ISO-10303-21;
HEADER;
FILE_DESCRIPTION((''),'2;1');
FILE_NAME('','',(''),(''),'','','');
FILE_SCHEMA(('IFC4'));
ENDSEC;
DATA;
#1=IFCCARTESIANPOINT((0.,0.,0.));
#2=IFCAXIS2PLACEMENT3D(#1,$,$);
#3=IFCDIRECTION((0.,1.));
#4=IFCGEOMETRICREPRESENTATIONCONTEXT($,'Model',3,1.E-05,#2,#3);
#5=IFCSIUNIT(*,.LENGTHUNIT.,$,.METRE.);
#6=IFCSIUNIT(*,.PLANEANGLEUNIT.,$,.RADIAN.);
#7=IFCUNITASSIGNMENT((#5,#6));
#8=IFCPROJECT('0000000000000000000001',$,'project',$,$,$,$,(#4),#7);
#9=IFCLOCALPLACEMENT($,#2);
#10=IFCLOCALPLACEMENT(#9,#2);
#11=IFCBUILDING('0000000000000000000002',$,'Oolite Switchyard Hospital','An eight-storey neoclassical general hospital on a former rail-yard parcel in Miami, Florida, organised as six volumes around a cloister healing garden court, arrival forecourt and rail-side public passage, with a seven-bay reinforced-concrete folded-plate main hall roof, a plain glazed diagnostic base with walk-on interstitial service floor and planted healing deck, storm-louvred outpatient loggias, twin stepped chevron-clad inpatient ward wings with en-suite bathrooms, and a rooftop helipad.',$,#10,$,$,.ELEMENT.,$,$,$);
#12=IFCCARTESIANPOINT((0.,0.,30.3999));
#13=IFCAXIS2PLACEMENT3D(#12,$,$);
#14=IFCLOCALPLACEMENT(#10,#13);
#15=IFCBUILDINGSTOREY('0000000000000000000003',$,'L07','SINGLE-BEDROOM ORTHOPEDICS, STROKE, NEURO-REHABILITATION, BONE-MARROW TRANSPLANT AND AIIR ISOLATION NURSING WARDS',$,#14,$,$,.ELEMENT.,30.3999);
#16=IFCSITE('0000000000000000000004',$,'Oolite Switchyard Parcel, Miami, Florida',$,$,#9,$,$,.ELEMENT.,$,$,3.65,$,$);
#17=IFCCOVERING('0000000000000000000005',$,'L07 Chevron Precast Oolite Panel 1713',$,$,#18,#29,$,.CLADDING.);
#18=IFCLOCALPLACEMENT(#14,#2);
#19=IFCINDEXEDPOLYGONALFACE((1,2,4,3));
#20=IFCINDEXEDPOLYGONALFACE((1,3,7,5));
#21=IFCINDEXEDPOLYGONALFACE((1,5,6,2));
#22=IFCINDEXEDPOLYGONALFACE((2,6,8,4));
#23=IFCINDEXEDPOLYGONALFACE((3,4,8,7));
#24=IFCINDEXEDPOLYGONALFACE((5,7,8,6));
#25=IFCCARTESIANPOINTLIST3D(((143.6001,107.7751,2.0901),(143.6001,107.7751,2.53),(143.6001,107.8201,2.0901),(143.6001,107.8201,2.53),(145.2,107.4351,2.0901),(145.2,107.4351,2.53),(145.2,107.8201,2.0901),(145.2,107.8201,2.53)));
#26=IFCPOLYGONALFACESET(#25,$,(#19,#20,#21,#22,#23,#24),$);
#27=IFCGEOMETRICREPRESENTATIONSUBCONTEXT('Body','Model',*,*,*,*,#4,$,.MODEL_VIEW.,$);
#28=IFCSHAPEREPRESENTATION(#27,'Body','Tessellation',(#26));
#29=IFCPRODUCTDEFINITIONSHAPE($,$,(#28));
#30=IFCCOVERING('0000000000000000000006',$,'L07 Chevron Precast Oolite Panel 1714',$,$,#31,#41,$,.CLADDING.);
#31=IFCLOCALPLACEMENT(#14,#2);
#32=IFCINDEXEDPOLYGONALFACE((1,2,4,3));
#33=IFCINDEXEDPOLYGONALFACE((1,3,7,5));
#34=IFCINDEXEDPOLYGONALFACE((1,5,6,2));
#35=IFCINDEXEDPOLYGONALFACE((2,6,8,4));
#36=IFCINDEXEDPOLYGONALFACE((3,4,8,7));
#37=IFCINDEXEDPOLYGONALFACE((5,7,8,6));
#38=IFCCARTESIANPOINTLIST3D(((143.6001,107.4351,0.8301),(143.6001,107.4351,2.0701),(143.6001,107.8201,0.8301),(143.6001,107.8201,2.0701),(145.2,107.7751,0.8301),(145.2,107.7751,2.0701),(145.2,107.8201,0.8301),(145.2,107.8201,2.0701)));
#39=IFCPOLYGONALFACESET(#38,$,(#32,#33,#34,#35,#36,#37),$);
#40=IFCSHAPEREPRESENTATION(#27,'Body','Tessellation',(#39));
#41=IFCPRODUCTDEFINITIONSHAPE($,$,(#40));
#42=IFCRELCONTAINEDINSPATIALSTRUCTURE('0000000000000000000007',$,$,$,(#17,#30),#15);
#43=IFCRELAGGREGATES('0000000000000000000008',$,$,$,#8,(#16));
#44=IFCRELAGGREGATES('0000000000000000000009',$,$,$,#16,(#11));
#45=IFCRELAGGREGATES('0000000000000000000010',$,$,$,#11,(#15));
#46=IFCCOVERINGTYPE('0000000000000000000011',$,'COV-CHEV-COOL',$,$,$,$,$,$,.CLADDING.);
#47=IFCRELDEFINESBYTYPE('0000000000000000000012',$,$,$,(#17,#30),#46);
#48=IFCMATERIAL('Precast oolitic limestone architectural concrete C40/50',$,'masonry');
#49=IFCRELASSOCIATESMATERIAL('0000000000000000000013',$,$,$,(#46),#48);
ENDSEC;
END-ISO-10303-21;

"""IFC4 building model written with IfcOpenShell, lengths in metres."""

from ifc_helpers import new_model, si_unit, direction, frame, origin, place, context, subcontext, project, spatial, polyline, outline, extrude, material, type_object, element, save


model = new_model("IFC4")

# Units and contexts
model_context = context("Model", 3, precision=1e-05, world=origin(), true_north=direction((0.0, 1.0)))
body_context = subcontext(model_context, "Body", "Model", "MODEL_VIEW")
ifc_project = project(units=[si_unit("LENGTHUNIT", "METRE"), si_unit("PLANEANGLEUNIT", "RADIAN")], contexts=[model_context])

# Site, building, storey
site_placement = place(None, origin())
site = spatial("IfcSite", under=ifc_project, at=site_placement, Name="Oolite Switchyard Parcel, Miami, Florida", CompositionType="ELEMENT", RefElevation=3.65)
building_placement = place(site_placement, origin())
building = spatial("IfcBuilding", under=site, at=building_placement, Name="Oolite Switchyard Hospital", Description="An eight-storey neoclassical general hospital on a former rail-yard parcel in Miami, Florida, organised as six volumes around a cloister healing garden court, arrival forecourt and rail-side public passage, with a seven-bay reinforced-concrete folded-plate main hall roof, a plain glazed diagnostic base with walk-on interstitial service floor and planted healing deck, storm-louvred outpatient loggias, twin stepped chevron-clad inpatient ward wings with en-suite bathrooms, and a rooftop helipad.", CompositionType="ELEMENT")
storey_placement = place(building_placement, frame((0.0, 0.0, 30.3999)))
storey = spatial("IfcBuildingStorey", under=building, at=storey_placement, Name="L07", Description="SINGLE-BEDROOM ORTHOPEDICS, STROKE, NEURO-REHABILITATION, BONE-MARROW TRANSPLANT AND AIIR ISOLATION NURSING WARDS", CompositionType="ELEMENT", Elevation=30.3999)

# Shared definitions
ifc_material_1 = material(Name="Precast oolitic limestone architectural concrete C40/50", Category="masonry")

# Coverings
covering_type = type_object("IfcCoveringType", Name="COV-CHEV-COOL", PredefinedType="CLADDING", material=ifc_material_1)
covering_1_placement = place(storey_placement, frame((145.2, 107.8201, 2.0901), z_axis=(0.0, 0.0, 1.0), x_axis=(-1.0, 0.0, 0.0)))
element("IfcCovering", 1, at=covering_1_placement, inside=storey, type_object=covering_type, Name="L07 Chevron Precast Oolite Panel 1713", PredefinedType="CLADDING", context=body_context, shape_type="SweptSolid", body=[
    extrude(outline(polyline([(0.0, 0.0), (1.5999, 0.0), (1.5999, 0.0449), (0.0, 0.385), (0.0, 0.0)])), origin(), (0.0, 0.0, 1.0), 0.4399),
])
covering_2_placement = place(storey_placement, frame((145.2, 107.8201, 0.8301), z_axis=(0.0, 0.0, 1.0), x_axis=(-1.0, 0.0, 0.0)))
element("IfcCovering", 2, at=covering_2_placement, inside=storey, type_object=covering_type, Name="L07 Chevron Precast Oolite Panel 1714", PredefinedType="CLADDING", context=body_context, shape_type="SweptSolid", body=[
    extrude(outline(polyline([(0.0, 0.0), (1.5999, 0.0), (1.5999, 0.385), (0.0, 0.0449), (0.0, 0.0)])), origin(), (0.0, 0.0, 1.0), 1.24),
])

save(model, "model.ifc")
